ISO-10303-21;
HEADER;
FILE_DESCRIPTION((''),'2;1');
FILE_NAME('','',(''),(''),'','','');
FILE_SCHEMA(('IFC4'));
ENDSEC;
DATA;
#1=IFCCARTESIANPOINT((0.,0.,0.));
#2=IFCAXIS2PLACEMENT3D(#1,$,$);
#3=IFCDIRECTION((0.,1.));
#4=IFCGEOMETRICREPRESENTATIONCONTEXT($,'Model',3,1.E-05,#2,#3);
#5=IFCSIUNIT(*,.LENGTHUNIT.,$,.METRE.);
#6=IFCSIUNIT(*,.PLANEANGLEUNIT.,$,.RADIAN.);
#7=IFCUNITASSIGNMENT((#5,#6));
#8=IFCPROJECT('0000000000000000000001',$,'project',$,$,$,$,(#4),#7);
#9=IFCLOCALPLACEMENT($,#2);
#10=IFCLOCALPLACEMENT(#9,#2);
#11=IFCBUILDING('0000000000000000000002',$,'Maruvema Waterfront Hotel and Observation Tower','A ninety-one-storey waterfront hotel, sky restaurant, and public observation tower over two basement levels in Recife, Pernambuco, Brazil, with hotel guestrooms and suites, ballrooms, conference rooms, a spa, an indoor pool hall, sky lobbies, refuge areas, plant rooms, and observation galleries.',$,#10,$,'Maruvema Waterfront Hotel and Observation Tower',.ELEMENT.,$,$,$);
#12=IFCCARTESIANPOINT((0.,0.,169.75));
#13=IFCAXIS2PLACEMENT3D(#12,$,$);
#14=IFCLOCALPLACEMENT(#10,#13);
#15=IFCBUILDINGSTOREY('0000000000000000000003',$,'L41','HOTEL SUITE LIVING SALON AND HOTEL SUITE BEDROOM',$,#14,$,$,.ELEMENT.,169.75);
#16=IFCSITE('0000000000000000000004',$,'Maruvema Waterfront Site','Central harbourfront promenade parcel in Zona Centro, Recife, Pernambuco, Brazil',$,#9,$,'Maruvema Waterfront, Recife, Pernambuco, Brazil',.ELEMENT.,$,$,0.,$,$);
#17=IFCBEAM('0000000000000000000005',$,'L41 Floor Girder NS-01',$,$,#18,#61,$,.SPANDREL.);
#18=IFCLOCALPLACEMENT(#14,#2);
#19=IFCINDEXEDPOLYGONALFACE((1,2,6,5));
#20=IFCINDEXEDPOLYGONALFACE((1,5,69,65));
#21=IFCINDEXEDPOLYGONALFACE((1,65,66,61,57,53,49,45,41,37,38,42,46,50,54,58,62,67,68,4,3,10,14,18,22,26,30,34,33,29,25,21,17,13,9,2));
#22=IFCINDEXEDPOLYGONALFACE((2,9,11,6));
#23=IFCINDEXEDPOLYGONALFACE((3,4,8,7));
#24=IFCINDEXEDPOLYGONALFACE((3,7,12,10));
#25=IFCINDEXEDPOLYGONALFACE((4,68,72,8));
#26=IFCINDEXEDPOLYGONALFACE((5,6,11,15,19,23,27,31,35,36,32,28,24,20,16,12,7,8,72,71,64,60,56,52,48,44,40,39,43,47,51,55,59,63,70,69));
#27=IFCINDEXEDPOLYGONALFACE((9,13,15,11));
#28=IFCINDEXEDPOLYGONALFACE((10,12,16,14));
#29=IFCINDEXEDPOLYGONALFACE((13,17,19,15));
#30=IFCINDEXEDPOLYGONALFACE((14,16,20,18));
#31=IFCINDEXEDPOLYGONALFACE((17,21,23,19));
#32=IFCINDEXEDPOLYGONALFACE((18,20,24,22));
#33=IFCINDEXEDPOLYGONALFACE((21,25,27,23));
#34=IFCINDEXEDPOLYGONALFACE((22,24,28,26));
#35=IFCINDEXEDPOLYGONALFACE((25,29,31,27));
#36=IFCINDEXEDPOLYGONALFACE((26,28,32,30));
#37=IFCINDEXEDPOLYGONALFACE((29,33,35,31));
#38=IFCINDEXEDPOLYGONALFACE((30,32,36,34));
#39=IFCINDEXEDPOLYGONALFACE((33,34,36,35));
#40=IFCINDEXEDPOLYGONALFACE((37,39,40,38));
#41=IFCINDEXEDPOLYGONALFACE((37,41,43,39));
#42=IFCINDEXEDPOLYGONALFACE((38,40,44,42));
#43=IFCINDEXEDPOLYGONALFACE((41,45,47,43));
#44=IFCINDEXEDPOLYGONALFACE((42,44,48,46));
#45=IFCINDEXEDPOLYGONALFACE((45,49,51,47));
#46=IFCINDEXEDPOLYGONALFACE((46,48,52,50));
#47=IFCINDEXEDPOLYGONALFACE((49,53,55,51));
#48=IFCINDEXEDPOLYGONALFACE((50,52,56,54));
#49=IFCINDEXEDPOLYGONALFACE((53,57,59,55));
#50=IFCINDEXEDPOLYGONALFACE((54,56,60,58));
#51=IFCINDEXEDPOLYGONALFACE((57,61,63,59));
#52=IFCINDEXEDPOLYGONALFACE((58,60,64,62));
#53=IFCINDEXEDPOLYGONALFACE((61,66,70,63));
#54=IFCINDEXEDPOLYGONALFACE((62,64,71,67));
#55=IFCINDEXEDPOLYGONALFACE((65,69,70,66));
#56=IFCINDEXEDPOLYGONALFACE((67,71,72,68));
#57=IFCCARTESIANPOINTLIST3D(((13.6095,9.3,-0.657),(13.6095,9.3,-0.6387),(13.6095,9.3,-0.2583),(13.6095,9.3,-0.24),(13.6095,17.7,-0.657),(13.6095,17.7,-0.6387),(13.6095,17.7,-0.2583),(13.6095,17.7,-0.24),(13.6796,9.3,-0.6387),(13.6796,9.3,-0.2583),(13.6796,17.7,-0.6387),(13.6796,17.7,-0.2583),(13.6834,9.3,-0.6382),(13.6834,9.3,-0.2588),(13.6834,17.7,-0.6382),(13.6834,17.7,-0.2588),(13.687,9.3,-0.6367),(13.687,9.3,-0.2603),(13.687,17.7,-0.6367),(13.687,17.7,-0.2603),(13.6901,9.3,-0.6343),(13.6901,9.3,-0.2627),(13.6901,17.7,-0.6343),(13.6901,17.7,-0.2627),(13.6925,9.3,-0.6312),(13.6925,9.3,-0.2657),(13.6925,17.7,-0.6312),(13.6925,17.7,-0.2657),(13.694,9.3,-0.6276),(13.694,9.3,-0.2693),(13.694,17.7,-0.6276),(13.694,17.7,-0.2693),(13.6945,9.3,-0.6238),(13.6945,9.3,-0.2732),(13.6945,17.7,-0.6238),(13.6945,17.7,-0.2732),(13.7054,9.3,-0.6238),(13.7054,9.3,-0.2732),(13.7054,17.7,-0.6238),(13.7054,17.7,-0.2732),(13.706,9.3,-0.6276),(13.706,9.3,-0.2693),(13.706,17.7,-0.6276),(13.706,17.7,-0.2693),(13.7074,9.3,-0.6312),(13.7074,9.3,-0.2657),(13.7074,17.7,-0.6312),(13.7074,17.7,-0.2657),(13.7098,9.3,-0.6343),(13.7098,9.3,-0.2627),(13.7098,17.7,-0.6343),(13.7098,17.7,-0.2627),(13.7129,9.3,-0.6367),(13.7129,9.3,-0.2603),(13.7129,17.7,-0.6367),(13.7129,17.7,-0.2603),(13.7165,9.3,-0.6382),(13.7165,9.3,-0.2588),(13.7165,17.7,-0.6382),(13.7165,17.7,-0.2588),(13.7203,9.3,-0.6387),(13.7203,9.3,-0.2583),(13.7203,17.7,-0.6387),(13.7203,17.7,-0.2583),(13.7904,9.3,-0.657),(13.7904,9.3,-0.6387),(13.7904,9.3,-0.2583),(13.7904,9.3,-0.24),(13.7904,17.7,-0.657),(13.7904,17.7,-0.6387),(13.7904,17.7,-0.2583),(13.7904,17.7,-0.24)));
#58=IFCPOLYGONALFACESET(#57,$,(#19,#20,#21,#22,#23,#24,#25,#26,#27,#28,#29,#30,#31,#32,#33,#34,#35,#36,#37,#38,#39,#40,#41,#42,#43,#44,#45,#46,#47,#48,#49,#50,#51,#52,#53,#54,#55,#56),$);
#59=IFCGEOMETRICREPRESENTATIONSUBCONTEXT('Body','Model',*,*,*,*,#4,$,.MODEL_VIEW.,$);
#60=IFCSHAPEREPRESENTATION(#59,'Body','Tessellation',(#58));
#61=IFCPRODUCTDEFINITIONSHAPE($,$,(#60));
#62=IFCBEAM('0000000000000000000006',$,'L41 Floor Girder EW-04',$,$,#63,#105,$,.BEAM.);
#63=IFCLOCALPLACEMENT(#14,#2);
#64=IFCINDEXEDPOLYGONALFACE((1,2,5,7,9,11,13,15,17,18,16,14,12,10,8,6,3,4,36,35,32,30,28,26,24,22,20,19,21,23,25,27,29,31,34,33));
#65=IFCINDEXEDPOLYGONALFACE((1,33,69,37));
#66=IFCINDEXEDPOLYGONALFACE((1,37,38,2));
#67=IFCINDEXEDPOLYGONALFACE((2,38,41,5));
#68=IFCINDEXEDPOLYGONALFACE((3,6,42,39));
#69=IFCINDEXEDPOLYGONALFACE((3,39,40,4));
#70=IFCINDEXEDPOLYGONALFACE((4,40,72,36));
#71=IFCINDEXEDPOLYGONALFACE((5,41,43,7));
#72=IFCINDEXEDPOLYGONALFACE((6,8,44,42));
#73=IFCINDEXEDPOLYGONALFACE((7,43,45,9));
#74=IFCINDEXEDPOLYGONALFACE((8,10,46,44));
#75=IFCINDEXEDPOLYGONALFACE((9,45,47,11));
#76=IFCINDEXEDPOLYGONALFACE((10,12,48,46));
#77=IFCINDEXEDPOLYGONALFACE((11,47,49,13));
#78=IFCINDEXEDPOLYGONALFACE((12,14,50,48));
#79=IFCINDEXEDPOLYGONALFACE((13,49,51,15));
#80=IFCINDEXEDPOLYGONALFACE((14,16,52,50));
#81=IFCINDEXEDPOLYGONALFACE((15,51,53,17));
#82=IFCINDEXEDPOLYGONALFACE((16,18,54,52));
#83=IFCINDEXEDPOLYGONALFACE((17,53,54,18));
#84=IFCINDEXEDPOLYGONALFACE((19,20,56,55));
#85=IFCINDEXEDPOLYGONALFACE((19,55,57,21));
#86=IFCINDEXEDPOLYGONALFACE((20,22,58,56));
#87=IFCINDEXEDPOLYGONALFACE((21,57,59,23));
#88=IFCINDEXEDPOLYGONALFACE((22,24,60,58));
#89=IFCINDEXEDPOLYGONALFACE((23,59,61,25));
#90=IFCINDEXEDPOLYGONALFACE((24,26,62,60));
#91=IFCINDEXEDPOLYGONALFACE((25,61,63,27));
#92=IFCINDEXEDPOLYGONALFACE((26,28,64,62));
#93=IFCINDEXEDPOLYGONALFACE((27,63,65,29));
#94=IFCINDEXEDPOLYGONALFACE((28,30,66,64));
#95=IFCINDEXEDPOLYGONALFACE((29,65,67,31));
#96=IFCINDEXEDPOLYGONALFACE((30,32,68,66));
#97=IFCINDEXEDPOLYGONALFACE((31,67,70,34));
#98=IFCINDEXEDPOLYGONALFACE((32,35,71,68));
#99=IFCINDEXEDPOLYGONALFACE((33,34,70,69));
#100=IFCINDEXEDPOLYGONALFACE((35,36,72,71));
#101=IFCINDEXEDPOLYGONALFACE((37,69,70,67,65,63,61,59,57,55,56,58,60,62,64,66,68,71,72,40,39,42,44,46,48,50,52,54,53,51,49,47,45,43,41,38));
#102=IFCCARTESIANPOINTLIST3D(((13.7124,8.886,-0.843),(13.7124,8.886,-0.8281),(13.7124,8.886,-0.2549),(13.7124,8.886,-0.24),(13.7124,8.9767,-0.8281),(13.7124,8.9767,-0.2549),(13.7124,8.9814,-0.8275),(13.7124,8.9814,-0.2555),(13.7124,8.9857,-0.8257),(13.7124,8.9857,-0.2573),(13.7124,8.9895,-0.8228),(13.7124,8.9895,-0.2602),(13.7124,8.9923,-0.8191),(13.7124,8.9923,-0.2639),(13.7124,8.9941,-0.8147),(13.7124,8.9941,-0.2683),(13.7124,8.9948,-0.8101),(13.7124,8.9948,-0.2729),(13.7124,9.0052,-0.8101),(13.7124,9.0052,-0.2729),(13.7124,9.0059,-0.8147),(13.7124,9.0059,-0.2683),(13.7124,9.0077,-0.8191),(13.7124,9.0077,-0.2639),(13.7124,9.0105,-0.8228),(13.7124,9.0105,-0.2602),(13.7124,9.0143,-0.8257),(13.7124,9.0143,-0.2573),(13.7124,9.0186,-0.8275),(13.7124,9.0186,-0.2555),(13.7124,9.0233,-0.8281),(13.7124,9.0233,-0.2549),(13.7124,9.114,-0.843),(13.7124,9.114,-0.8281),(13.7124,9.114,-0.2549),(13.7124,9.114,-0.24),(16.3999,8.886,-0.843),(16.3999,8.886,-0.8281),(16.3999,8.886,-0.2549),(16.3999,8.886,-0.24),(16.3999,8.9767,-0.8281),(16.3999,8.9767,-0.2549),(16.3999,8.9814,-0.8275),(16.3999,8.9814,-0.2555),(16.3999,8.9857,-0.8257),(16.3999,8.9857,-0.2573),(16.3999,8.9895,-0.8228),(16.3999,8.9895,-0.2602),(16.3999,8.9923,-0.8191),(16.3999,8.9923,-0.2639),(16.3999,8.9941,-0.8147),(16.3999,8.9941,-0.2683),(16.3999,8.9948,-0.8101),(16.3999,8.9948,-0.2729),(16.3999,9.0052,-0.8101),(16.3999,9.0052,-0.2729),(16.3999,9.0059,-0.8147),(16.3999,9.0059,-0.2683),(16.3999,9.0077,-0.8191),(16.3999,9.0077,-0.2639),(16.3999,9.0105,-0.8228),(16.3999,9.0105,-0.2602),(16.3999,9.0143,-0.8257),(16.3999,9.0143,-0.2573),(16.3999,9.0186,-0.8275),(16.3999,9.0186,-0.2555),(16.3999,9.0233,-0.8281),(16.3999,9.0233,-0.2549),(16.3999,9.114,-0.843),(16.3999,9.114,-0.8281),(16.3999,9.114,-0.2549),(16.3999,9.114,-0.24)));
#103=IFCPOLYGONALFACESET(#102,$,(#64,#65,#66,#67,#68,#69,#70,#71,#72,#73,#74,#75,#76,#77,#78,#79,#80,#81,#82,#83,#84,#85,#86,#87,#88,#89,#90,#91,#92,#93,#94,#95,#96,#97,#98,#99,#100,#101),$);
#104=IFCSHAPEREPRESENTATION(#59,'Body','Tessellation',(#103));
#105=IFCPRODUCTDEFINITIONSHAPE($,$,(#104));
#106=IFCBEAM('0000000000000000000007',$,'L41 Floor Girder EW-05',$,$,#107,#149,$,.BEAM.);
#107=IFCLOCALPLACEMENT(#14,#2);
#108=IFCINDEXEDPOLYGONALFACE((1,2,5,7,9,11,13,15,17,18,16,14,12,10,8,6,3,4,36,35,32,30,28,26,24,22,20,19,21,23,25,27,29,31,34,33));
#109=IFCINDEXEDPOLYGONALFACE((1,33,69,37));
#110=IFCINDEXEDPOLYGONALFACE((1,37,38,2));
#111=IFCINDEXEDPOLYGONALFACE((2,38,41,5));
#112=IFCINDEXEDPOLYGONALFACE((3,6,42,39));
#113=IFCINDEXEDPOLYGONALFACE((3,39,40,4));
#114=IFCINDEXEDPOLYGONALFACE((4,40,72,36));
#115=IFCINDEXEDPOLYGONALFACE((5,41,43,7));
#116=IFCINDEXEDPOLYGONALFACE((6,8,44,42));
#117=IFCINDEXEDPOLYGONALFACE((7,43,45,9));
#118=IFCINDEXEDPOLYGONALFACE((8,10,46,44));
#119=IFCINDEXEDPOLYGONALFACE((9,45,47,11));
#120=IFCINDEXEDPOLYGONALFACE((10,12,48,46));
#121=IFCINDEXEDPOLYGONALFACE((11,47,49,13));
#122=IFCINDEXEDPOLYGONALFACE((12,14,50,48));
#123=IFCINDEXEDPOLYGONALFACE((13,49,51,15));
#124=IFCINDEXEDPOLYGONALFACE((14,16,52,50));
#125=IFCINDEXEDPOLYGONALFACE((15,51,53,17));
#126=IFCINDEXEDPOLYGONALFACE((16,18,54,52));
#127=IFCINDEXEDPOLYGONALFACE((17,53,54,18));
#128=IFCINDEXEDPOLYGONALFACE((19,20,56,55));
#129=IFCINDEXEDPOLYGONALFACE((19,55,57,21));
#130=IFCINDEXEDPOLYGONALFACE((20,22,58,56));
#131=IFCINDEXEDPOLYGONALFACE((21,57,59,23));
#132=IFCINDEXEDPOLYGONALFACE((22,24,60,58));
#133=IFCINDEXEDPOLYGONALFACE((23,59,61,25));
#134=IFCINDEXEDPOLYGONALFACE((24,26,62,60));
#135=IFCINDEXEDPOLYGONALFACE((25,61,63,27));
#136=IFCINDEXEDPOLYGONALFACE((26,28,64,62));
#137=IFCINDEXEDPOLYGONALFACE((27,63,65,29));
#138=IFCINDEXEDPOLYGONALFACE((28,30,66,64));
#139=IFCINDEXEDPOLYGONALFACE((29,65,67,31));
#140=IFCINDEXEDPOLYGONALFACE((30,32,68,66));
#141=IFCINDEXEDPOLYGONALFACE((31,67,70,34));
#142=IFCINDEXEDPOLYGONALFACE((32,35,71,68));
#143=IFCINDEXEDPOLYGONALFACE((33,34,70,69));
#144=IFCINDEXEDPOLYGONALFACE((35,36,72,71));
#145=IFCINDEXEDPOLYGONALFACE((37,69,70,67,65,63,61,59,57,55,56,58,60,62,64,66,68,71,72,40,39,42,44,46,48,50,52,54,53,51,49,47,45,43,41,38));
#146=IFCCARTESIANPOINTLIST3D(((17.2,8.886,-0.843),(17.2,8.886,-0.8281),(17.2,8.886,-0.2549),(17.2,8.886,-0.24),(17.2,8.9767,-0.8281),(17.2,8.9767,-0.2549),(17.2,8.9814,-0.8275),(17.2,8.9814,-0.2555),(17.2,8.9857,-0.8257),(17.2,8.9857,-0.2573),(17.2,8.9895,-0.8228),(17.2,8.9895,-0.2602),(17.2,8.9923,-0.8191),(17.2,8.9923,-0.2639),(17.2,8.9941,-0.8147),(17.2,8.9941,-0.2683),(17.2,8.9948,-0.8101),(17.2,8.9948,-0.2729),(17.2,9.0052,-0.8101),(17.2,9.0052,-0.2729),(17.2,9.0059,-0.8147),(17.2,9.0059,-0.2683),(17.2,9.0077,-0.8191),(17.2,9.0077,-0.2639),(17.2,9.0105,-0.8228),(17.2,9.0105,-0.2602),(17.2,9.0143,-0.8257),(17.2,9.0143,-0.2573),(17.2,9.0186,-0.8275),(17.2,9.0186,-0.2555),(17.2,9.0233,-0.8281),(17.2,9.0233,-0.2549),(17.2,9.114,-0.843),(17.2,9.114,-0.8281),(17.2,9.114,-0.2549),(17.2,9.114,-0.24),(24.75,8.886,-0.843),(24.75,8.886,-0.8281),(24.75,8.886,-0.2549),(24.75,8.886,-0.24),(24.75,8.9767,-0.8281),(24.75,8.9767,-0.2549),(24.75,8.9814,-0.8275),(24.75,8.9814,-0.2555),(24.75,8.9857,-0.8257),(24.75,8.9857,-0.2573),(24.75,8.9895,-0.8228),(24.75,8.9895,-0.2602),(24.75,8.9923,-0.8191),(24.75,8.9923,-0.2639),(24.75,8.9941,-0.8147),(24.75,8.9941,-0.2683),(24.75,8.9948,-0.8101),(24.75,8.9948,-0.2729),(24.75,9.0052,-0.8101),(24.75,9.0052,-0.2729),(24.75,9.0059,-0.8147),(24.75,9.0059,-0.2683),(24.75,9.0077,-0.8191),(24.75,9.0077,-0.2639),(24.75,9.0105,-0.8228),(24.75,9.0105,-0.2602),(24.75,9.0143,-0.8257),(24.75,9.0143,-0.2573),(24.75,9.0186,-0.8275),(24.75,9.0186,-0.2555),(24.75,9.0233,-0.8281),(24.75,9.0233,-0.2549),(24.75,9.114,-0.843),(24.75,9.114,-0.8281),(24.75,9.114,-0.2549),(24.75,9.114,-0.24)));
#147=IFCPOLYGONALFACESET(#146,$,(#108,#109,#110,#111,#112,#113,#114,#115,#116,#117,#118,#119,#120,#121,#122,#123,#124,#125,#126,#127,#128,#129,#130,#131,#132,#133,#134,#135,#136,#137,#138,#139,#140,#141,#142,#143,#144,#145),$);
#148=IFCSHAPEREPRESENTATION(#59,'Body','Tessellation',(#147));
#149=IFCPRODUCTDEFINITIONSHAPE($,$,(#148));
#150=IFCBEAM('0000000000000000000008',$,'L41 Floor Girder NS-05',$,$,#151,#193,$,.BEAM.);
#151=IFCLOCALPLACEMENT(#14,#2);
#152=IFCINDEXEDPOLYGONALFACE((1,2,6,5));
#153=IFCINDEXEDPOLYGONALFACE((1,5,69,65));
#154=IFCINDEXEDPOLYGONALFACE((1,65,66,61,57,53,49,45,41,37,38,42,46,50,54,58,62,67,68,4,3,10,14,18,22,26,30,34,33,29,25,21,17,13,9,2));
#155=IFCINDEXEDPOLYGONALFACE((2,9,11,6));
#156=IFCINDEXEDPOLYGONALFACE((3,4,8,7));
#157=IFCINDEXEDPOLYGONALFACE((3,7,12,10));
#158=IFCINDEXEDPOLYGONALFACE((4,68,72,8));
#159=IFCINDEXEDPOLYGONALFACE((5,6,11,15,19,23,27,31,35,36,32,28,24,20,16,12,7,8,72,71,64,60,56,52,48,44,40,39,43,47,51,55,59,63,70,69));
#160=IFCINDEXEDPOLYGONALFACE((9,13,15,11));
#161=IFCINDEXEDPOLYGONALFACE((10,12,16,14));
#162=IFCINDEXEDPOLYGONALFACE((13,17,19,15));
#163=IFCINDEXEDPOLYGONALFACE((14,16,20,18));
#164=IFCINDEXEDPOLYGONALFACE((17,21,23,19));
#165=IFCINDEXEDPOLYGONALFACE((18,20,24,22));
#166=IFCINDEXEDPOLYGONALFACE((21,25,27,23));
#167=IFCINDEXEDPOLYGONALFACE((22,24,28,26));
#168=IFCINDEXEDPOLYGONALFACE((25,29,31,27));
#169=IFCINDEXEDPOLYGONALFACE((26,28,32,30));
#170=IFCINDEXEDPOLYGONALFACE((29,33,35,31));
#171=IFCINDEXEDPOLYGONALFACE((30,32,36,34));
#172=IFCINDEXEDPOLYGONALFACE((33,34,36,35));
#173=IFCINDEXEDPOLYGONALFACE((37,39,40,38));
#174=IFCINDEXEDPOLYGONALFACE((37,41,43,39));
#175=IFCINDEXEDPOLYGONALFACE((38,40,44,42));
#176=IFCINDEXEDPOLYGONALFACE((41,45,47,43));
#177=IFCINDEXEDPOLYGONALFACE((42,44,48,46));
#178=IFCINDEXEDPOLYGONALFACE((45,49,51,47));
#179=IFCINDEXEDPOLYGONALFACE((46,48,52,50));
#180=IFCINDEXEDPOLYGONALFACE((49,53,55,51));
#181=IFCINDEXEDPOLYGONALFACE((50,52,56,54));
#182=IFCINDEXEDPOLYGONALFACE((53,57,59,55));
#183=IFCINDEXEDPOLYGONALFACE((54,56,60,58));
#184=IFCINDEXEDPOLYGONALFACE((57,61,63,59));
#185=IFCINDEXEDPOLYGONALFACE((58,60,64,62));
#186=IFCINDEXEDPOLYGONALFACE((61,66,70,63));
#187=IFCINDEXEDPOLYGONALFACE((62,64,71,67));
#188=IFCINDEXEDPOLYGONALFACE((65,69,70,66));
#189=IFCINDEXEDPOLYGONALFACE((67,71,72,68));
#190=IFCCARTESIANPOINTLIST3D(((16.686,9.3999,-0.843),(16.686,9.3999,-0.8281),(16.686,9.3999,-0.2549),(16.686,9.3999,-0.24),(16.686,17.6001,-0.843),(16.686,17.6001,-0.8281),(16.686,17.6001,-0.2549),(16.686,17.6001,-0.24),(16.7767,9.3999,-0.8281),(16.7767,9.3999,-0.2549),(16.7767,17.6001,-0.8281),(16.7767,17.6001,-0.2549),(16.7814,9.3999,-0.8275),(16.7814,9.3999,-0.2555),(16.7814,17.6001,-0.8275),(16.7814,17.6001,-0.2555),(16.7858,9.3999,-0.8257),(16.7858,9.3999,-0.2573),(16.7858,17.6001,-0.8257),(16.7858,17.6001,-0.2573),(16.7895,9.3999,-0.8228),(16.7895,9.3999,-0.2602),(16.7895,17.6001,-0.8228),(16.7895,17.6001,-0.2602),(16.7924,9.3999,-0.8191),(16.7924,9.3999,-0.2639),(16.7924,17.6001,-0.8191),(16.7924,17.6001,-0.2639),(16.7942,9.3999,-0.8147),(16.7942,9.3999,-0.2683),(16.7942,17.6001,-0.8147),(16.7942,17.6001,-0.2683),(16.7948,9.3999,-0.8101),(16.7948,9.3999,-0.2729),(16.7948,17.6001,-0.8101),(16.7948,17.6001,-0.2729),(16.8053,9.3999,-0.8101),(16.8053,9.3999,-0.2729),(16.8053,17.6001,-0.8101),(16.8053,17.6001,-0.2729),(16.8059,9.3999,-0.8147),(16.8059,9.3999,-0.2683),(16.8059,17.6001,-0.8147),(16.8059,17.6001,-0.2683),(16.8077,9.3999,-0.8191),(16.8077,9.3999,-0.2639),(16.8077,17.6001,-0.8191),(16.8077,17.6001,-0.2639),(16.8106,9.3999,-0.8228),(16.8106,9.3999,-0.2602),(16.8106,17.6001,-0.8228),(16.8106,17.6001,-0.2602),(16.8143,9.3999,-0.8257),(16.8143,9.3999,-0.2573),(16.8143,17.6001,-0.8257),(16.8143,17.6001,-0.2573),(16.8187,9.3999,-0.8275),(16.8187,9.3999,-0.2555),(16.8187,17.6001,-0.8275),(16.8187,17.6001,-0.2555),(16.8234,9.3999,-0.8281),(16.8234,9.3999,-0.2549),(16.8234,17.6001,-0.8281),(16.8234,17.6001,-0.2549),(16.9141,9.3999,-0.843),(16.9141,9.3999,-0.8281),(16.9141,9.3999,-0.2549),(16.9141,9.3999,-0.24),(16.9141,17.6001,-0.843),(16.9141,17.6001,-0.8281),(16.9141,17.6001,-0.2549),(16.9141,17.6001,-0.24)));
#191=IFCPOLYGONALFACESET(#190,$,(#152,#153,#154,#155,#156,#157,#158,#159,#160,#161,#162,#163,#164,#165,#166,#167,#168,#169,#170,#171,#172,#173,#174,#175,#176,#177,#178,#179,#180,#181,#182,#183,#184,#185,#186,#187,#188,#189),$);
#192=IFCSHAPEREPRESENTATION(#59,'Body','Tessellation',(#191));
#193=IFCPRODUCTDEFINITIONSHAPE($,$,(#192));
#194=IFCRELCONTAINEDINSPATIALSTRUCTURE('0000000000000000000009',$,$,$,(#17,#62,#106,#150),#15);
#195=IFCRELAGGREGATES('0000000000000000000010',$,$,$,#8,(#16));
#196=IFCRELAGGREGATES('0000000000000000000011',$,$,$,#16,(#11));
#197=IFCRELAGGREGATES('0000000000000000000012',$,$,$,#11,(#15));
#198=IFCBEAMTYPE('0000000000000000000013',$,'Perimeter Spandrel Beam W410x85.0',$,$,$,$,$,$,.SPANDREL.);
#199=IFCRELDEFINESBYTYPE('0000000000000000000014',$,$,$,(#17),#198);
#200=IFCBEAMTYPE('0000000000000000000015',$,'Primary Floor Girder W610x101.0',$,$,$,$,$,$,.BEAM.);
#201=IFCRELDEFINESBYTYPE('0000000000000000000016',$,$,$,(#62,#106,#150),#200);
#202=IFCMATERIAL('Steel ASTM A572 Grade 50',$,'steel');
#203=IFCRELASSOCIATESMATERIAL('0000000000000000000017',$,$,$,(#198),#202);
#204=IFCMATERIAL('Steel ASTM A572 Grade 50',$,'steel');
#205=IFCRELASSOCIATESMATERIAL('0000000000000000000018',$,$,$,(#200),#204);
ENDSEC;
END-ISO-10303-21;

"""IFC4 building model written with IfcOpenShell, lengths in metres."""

from ifc_helpers import new_model, si_unit, direction, frame, origin, origin_2d, place, context, subcontext, project, spatial, i_section, extrude, material, material_profile, profile_set, type_object, element, save


model = new_model("IFC4")

# Units and contexts
model_context = context("Model", 3, precision=1e-05, world=origin(), true_north=direction((0.0, 1.0)))
body_context = subcontext(model_context, "Body", "Model", "MODEL_VIEW")
ifc_project = project(units=[si_unit("LENGTHUNIT", "METRE"), si_unit("PLANEANGLEUNIT", "RADIAN")], contexts=[model_context])

# Site, building, storey
site_placement = place(None, origin())
site = spatial("IfcSite", under=ifc_project, at=site_placement, Name="Maruvema Waterfront Site", Description="Central harbourfront promenade parcel in Zona Centro, Recife, Pernambuco, Brazil", LongName="Maruvema Waterfront, Recife, Pernambuco, Brazil", CompositionType="ELEMENT", RefElevation=0.0)
building_placement = place(site_placement, origin())
building = spatial("IfcBuilding", under=site, at=building_placement, Name="Maruvema Waterfront Hotel and Observation Tower", Description="A ninety-one-storey waterfront hotel, sky restaurant, and public observation tower over two basement levels in Recife, Pernambuco, Brazil, with hotel guestrooms and suites, ballrooms, conference rooms, a spa, an indoor pool hall, sky lobbies, refuge areas, plant rooms, and observation galleries.", LongName="Maruvema Waterfront Hotel and Observation Tower", CompositionType="ELEMENT")
storey_placement = place(building_placement, frame((0.0, 0.0, 169.75)))
storey = spatial("IfcBuildingStorey", under=building, at=storey_placement, Name="L41", Description="HOTEL SUITE LIVING SALON AND HOTEL SUITE BEDROOM", CompositionType="ELEMENT", Elevation=169.75)

# Beams
ifc_material_1 = material(Name="Steel ASTM A572 Grade 50", Category="steel")
ifc_material_profile_1 = material_profile(ifc_material_1, i_section(OverallWidth=0.1809, OverallDepth=0.417, WebThickness=0.011, FlangeThickness=0.0183, FilletRadius=0.0149, at=origin_2d()), Name="W410x85.0")
ifc_profile_set_1 = profile_set([ifc_material_profile_1], Name="Steel ASTM A572 Grade 50")
beam_type_1 = type_object("IfcBeamType", Name="Perimeter Spandrel Beam W410x85.0", PredefinedType="SPANDREL", material=ifc_profile_set_1)
beam_1_placement = place(storey_placement, frame((13.7, 9.3, -0.4485), z_axis=(0.0, 1.0, 0.0), x_axis=(-1.0, 0.0, 0.0)))
element("IfcBeam", 1, at=beam_1_placement, inside=storey, type_object=beam_type_1, Name="L41 Floor Girder NS-01", PredefinedType="SPANDREL", context=body_context, shape_type="SweptSolid", body=[
    extrude(i_section(OverallWidth=0.1809, OverallDepth=0.417, WebThickness=0.011, FlangeThickness=0.0183, FilletRadius=0.0149, at=origin_2d()), origin(), (0.0, 0.0, 1.0), 8.3999),
])
ifc_material_2 = material(Name="Steel ASTM A572 Grade 50", Category="steel")
ifc_material_profile_2 = material_profile(ifc_material_2, i_section(OverallWidth=0.228, OverallDepth=0.603, WebThickness=0.0105, FlangeThickness=0.0149, FilletRadius=0.0181, at=origin_2d()), Name="W610x101.0")
ifc_profile_set_2 = profile_set([ifc_material_profile_2], Name="Steel ASTM A572 Grade 50")
beam_type_2 = type_object("IfcBeamType", Name="Primary Floor Girder W610x101.0", PredefinedType="BEAM", material=ifc_profile_set_2)
beam_2_placement = place(storey_placement, frame((13.7124, 9.0, -0.5415), z_axis=(1.0, 0.0, 0.0), x_axis=(0.0, 1.0, 0.0)))
element("IfcBeam", 2, at=beam_2_placement, inside=storey, type_object=beam_type_2, Name="L41 Floor Girder EW-04", PredefinedType="BEAM", context=body_context, shape_type="SweptSolid", body=[
    extrude(i_section(OverallWidth=0.228, OverallDepth=0.603, WebThickness=0.0105, FlangeThickness=0.0149, FilletRadius=0.0181, at=origin_2d()), origin(), (0.0, 0.0, 1.0), 2.6875),
])
beam_3_placement = place(storey_placement, frame((17.2, 9.0, -0.5415), z_axis=(1.0, 0.0, 0.0), x_axis=(0.0, 1.0, 0.0)))
element("IfcBeam", 3, at=beam_3_placement, inside=storey, type_object=beam_type_2, Name="L41 Floor Girder EW-05", PredefinedType="BEAM", context=body_context, shape_type="SweptSolid", body=[
    extrude(i_section(OverallWidth=0.228, OverallDepth=0.603, WebThickness=0.0105, FlangeThickness=0.0149, FilletRadius=0.0181, at=origin_2d()), origin(), (0.0, 0.0, 1.0), 7.55),
])
beam_4_placement = place(storey_placement, frame((16.8, 9.3999, -0.5415), z_axis=(0.0, 1.0, 0.0), x_axis=(-1.0, 0.0, 0.0)))
element("IfcBeam", 4, at=beam_4_placement, inside=storey, type_object=beam_type_2, Name="L41 Floor Girder NS-05", PredefinedType="BEAM", context=body_context, shape_type="SweptSolid", body=[
    extrude(i_section(OverallWidth=0.228, OverallDepth=0.603, WebThickness=0.0105, FlangeThickness=0.0149, FilletRadius=0.0181, at=origin_2d()), origin(), (0.0, 0.0, 1.0), 8.2002),
])

save(model, "model.ifc")
